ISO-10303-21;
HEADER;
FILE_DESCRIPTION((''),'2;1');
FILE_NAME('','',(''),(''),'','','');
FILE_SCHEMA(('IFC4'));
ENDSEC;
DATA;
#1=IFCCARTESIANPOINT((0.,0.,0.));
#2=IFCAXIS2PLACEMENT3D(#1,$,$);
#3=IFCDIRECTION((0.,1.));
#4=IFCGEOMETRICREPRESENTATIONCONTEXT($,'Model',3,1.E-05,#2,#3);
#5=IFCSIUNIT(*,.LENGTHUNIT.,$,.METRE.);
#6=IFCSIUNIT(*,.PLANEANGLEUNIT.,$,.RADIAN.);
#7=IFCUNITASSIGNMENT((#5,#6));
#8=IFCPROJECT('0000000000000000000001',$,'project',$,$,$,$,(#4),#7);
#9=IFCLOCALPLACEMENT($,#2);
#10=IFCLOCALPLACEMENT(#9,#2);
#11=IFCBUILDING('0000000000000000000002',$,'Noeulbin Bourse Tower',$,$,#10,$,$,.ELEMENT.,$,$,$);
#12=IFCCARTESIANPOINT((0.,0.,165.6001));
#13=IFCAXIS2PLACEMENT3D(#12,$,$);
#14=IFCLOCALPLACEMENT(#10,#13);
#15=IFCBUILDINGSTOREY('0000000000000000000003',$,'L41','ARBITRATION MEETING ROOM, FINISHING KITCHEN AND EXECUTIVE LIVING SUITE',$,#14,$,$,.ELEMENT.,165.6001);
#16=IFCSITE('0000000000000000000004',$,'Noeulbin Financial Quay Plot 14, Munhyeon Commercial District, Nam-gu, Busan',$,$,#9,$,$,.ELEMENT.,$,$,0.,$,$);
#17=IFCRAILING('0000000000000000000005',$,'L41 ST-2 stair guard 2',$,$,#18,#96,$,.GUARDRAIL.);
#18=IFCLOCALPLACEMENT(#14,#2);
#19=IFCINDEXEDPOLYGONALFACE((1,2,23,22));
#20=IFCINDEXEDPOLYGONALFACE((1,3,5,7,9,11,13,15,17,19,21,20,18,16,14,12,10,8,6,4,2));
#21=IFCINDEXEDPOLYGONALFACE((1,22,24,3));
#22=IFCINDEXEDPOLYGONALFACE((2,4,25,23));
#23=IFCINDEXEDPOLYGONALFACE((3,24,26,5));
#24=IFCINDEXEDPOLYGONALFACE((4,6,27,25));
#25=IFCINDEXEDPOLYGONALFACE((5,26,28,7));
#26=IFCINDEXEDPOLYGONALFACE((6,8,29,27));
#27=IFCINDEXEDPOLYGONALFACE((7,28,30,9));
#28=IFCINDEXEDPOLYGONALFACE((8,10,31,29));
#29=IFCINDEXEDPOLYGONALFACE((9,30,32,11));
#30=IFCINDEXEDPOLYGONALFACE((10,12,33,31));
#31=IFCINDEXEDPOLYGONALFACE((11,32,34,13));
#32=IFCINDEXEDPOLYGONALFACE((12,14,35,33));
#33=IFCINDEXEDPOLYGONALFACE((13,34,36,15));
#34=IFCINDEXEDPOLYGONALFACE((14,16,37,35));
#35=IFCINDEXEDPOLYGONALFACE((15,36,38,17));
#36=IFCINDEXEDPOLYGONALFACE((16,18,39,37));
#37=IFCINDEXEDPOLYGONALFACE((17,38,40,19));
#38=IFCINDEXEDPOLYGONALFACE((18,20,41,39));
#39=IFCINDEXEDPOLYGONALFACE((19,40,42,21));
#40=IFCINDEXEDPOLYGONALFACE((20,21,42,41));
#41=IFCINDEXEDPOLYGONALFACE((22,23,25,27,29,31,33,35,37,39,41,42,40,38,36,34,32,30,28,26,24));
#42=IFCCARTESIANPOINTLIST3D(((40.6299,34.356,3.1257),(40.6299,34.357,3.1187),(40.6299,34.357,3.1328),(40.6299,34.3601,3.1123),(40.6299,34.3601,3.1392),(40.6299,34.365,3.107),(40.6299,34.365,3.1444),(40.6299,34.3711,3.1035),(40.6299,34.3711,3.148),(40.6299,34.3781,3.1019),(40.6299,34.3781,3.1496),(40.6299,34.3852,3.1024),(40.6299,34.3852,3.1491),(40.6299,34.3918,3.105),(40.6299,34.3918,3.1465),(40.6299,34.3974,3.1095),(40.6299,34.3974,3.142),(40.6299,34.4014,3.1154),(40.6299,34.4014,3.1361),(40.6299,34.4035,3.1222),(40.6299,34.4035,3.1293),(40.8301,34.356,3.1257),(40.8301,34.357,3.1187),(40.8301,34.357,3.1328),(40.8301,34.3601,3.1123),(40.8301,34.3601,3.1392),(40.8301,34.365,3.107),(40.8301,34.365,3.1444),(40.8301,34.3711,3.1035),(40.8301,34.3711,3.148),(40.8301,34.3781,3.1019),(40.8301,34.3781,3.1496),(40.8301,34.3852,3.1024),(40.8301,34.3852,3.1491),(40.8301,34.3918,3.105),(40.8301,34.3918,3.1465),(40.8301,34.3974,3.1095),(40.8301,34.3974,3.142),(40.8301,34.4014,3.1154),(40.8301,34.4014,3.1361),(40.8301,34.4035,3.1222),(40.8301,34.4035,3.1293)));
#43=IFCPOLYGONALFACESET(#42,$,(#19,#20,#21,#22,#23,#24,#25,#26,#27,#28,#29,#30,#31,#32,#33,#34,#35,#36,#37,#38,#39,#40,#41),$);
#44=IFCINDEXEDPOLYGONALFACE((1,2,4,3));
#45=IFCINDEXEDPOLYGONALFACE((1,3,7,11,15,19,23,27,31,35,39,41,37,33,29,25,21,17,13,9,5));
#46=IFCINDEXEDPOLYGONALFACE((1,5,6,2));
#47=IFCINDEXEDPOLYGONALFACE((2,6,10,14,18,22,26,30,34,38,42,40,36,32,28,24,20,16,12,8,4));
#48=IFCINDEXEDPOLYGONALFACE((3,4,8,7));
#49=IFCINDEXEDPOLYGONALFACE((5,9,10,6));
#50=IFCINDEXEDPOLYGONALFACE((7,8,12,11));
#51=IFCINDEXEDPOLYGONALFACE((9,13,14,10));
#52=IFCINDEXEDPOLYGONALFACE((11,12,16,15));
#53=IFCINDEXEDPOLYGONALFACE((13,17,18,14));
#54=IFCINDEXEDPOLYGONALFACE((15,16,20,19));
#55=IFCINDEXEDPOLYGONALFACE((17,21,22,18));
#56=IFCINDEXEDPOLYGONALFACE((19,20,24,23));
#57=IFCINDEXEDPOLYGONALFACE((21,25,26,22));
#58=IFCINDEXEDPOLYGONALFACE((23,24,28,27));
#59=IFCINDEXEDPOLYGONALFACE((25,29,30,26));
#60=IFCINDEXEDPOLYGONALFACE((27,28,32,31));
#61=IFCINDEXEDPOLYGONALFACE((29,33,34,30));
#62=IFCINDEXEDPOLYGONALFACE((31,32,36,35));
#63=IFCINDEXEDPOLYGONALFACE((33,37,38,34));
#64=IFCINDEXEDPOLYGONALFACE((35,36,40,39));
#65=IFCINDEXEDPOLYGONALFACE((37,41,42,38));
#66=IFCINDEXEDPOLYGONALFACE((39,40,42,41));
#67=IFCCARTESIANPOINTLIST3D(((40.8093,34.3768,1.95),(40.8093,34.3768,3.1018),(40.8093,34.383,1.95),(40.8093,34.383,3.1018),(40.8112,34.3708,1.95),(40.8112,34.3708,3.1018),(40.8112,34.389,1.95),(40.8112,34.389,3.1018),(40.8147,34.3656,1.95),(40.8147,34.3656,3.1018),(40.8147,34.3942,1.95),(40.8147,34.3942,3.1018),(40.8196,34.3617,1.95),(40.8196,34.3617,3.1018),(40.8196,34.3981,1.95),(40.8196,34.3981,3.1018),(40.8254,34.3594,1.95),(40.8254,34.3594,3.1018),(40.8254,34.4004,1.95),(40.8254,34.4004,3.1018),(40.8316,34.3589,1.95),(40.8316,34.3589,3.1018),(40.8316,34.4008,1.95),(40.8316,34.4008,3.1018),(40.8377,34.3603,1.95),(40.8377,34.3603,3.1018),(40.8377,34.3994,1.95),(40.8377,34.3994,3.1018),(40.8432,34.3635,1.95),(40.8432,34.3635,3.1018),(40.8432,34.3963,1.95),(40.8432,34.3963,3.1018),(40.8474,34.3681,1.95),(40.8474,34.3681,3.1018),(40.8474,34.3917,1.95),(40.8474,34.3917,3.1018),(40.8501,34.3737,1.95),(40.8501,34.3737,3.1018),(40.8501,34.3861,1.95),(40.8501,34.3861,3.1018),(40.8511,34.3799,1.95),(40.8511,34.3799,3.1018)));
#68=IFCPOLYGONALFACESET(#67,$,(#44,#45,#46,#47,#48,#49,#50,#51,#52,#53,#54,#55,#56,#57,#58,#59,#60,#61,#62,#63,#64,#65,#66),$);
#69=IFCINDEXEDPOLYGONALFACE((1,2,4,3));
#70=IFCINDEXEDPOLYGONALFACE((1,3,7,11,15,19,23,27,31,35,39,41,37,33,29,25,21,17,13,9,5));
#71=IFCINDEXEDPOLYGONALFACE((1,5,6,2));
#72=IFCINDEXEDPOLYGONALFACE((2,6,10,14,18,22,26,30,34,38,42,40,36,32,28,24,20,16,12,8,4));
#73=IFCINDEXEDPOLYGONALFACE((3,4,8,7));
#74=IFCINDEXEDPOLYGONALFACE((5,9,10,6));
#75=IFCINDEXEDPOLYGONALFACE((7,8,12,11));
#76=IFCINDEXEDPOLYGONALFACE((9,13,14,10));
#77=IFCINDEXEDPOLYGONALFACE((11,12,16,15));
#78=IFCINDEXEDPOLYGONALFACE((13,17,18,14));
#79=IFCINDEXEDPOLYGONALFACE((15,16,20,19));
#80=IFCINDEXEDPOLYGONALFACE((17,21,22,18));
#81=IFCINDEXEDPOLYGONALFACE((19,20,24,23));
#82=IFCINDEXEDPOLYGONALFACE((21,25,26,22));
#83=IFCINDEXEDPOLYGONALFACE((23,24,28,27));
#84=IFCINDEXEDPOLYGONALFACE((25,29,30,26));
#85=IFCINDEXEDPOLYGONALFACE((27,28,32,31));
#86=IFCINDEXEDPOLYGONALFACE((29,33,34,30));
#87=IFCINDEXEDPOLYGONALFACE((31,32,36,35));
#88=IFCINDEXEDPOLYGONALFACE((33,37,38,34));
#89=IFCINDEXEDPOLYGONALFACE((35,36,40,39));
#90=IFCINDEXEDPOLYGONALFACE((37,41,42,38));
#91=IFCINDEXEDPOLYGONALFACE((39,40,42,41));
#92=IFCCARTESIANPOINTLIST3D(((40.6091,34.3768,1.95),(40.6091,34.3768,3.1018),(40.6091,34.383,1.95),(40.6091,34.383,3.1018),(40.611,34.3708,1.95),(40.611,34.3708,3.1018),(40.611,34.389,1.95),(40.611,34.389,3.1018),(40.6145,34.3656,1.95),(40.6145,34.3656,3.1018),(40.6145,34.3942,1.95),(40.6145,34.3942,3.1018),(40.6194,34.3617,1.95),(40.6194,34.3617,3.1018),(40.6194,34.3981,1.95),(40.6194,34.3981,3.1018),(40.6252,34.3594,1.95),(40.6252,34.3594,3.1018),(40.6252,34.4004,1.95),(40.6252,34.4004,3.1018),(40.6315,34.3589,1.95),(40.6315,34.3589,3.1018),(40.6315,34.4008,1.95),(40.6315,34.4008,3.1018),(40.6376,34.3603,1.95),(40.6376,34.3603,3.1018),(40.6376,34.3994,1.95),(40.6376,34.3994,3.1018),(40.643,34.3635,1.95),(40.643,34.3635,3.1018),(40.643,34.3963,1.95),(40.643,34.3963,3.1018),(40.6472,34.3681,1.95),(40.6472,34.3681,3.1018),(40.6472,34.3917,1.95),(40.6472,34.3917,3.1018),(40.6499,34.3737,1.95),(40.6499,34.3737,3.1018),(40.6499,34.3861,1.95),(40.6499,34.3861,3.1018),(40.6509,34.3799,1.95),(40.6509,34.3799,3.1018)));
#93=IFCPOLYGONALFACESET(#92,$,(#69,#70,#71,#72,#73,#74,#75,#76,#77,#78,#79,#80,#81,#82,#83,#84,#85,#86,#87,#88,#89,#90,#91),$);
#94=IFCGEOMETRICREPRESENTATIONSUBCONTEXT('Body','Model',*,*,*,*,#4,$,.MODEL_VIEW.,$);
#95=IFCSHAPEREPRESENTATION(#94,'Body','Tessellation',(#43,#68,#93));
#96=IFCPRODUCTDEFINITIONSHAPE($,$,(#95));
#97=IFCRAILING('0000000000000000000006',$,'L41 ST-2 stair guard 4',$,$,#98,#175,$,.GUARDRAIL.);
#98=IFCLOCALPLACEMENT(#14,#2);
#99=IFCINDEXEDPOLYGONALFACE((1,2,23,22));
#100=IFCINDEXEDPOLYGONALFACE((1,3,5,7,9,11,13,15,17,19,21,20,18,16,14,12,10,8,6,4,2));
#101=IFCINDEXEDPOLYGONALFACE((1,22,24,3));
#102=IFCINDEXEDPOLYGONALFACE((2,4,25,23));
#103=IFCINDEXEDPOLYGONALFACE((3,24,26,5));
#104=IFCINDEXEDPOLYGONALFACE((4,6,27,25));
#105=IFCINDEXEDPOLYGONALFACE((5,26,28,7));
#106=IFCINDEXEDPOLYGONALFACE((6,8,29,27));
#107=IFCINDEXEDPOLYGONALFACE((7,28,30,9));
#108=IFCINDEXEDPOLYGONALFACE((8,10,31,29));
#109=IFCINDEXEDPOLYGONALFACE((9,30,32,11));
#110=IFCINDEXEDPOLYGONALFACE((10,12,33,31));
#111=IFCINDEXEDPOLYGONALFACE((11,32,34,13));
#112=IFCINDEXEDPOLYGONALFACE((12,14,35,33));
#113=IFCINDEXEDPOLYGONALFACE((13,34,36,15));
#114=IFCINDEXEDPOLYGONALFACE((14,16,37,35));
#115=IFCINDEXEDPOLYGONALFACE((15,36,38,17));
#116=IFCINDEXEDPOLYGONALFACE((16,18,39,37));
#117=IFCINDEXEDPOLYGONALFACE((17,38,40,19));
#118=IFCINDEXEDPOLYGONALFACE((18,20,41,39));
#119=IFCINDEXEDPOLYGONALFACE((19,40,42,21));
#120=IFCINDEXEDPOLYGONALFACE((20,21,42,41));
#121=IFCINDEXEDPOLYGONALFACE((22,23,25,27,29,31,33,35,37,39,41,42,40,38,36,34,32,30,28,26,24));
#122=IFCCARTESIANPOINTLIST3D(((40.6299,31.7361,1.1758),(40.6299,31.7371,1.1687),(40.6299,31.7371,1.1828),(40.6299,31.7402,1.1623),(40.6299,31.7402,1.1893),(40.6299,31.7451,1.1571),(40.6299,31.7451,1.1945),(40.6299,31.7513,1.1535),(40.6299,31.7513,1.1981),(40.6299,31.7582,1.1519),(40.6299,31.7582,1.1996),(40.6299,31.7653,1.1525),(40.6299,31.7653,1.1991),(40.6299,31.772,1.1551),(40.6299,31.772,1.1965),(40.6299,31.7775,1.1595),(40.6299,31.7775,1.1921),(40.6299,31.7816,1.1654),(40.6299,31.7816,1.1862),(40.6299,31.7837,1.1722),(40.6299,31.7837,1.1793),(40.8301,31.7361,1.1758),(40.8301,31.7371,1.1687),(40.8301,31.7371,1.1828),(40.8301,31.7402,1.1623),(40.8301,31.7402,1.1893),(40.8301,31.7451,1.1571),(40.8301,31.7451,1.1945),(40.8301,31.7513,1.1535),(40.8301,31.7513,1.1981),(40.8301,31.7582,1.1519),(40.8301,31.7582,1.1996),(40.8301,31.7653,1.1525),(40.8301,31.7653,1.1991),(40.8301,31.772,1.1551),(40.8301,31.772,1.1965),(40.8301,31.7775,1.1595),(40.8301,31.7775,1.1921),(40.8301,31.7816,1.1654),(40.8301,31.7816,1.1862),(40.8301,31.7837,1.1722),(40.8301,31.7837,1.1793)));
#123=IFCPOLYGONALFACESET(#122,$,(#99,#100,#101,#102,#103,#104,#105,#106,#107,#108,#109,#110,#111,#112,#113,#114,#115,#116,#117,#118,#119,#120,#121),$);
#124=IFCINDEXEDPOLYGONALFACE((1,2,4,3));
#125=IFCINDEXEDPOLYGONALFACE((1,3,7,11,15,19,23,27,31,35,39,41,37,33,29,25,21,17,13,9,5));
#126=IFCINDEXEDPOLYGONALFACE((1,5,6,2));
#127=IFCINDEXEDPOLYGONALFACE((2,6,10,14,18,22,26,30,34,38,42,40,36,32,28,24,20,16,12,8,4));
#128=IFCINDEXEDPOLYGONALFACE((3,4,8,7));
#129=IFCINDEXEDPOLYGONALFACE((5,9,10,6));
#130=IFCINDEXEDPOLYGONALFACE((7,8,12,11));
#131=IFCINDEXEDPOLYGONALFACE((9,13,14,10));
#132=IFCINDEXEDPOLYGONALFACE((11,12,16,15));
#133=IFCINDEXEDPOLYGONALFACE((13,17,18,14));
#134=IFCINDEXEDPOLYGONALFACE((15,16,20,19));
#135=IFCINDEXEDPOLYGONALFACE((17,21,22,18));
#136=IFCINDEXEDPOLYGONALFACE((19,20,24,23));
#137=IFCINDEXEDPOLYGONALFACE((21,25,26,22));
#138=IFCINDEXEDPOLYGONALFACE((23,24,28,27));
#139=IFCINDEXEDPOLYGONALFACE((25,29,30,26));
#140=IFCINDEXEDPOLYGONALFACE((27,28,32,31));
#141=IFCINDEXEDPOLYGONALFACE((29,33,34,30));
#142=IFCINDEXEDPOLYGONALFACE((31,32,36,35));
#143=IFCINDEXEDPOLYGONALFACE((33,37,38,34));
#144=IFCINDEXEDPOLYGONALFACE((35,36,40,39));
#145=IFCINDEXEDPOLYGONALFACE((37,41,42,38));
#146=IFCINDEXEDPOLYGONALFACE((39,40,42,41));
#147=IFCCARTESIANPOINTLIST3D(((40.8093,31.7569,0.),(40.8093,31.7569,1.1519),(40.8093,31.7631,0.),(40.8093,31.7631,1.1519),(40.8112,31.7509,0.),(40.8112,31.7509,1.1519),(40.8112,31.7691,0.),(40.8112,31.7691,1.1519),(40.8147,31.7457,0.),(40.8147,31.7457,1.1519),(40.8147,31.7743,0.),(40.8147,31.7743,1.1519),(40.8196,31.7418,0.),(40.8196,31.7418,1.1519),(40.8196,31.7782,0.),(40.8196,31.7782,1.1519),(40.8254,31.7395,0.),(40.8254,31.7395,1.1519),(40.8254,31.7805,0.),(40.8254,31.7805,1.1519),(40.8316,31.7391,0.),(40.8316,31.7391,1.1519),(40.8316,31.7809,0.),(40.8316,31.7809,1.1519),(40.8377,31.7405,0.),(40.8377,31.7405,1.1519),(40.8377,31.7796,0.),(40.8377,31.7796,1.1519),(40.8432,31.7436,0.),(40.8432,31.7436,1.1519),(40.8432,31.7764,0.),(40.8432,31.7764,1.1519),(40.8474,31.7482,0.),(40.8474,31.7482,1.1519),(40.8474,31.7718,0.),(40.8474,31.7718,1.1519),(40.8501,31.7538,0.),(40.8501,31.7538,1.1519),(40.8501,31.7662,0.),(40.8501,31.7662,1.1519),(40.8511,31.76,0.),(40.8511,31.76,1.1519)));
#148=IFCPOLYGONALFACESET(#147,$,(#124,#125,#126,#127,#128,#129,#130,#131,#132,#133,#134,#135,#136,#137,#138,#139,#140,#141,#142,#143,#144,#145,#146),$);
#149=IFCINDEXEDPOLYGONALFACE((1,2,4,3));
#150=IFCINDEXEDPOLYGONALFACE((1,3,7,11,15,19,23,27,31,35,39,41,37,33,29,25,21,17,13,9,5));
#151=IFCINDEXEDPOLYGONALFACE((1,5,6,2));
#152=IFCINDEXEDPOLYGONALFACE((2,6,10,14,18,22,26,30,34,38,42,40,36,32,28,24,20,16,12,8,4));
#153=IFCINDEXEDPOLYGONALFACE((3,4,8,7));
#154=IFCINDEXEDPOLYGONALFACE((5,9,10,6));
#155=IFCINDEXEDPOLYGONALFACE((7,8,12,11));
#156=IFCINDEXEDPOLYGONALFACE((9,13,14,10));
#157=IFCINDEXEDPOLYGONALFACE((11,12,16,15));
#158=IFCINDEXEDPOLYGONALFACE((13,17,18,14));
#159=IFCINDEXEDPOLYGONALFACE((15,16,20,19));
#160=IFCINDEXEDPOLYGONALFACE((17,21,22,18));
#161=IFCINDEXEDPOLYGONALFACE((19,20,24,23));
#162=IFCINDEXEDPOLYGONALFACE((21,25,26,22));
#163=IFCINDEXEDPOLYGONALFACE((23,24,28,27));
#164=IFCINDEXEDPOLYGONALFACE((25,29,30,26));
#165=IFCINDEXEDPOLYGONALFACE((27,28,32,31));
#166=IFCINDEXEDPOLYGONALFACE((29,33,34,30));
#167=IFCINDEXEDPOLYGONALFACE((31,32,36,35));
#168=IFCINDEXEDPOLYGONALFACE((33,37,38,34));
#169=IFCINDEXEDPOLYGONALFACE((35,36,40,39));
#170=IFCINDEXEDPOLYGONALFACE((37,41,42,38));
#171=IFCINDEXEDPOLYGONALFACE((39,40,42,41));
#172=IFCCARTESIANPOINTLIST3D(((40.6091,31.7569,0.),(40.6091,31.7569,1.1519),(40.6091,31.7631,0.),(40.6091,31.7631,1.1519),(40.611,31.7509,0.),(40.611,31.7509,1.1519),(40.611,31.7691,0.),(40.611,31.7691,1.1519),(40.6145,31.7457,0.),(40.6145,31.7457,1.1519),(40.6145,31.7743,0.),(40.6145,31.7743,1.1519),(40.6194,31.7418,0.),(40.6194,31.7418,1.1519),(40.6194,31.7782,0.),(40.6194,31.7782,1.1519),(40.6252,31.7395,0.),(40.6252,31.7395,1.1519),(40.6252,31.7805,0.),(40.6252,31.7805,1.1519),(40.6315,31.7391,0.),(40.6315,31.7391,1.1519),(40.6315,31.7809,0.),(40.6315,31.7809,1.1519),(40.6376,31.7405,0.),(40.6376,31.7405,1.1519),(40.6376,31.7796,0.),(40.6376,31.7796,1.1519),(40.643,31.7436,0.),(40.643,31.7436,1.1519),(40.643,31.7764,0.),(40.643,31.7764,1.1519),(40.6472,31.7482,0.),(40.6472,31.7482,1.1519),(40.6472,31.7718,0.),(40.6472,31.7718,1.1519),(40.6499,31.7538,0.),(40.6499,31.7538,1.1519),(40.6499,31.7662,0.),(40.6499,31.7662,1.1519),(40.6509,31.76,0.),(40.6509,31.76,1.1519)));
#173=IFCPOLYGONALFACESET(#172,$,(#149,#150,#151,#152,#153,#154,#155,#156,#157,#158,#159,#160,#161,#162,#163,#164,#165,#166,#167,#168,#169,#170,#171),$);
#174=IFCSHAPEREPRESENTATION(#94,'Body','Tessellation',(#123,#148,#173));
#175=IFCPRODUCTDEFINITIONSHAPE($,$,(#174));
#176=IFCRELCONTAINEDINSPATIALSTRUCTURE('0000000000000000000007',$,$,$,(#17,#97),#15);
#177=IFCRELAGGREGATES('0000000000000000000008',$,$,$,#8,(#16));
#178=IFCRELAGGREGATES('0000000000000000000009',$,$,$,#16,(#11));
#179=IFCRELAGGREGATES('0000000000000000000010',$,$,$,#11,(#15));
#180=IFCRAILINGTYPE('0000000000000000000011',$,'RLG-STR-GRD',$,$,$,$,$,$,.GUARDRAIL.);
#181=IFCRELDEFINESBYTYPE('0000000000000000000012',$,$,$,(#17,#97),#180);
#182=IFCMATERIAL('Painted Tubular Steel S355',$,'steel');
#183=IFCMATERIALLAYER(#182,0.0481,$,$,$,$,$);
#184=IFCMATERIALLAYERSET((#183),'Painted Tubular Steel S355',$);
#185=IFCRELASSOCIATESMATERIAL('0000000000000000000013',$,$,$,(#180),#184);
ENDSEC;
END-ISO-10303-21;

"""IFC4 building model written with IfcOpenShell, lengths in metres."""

from ifc_helpers import new_model, si_unit, direction, frame, origin, origin_2d, place, context, subcontext, project, spatial, circle, extrude, material, layer, layer_set, type_object, element, save


model = new_model("IFC4")

# Units and contexts
model_context = context("Model", 3, precision=1e-05, world=origin(), true_north=direction((0.0, 1.0)))
body_context = subcontext(model_context, "Body", "Model", "MODEL_VIEW")
ifc_project = project(units=[si_unit("LENGTHUNIT", "METRE"), si_unit("PLANEANGLEUNIT", "RADIAN")], contexts=[model_context])

# Site, building, storey
site_placement = place(None, origin())
site = spatial("IfcSite", under=ifc_project, at=site_placement, Name="Noeulbin Financial Quay Plot 14, Munhyeon Commercial District, Nam-gu, Busan", CompositionType="ELEMENT", RefElevation=0.0)
building_placement = place(site_placement, origin())
building = spatial("IfcBuilding", under=site, at=building_placement, Name="Noeulbin Bourse Tower", CompositionType="ELEMENT")
storey_placement = place(building_placement, frame((0.0, 0.0, 165.6001)))
storey = spatial("IfcBuildingStorey", under=building, at=storey_placement, Name="L41", Description="ARBITRATION MEETING ROOM, FINISHING KITCHEN AND EXECUTIVE LIVING SUITE", CompositionType="ELEMENT", Elevation=165.6001)

# Railings
ifc_material_1 = material(Name="Painted Tubular Steel S355", Category="steel")
ifc_layer_1 = layer(ifc_material_1, 0.0481)
ifc_layer_set_1 = layer_set([ifc_layer_1], Name="Painted Tubular Steel S355")
railing_type_1 = type_object("IfcRailingType", Name="RLG-STR-GRD", PredefinedType="GUARDRAIL", material=ifc_layer_set_1)
for number, where, name in (
    (1, (40.8301, 34.3799, 1.95), "L41 ST-2 stair guard 2"),
    (2, (40.8301, 31.76, 0.0), "L41 ST-2 stair guard 4"),
):
    element("IfcRailing", number, at=place(storey_placement, frame(where)), inside=storey, type_object=railing_type_1, Name=name, PredefinedType="GUARDRAIL", context=body_context, shape_type="SweptSolid", body=[
        extrude(circle(Radius=0.0239, at=origin_2d()), frame((0.0, 0.0, 1.1758), z_axis=(-1.0, 0.0, 0.0), x_axis=(0.0, -1.0, 0.0)), (0.0, 0.0, 1.0), 0.2002),
        extrude(circle(Radius=0.021, at=origin_2d()), origin(), (0.0, 0.0, 1.0), 1.1519),
        extrude(circle(Radius=0.021, at=origin_2d()), frame((-0.2002, 0.0, 0.0)), (0.0, 0.0, 1.0), 1.1519),
    ])

save(model, "model.ifc")
